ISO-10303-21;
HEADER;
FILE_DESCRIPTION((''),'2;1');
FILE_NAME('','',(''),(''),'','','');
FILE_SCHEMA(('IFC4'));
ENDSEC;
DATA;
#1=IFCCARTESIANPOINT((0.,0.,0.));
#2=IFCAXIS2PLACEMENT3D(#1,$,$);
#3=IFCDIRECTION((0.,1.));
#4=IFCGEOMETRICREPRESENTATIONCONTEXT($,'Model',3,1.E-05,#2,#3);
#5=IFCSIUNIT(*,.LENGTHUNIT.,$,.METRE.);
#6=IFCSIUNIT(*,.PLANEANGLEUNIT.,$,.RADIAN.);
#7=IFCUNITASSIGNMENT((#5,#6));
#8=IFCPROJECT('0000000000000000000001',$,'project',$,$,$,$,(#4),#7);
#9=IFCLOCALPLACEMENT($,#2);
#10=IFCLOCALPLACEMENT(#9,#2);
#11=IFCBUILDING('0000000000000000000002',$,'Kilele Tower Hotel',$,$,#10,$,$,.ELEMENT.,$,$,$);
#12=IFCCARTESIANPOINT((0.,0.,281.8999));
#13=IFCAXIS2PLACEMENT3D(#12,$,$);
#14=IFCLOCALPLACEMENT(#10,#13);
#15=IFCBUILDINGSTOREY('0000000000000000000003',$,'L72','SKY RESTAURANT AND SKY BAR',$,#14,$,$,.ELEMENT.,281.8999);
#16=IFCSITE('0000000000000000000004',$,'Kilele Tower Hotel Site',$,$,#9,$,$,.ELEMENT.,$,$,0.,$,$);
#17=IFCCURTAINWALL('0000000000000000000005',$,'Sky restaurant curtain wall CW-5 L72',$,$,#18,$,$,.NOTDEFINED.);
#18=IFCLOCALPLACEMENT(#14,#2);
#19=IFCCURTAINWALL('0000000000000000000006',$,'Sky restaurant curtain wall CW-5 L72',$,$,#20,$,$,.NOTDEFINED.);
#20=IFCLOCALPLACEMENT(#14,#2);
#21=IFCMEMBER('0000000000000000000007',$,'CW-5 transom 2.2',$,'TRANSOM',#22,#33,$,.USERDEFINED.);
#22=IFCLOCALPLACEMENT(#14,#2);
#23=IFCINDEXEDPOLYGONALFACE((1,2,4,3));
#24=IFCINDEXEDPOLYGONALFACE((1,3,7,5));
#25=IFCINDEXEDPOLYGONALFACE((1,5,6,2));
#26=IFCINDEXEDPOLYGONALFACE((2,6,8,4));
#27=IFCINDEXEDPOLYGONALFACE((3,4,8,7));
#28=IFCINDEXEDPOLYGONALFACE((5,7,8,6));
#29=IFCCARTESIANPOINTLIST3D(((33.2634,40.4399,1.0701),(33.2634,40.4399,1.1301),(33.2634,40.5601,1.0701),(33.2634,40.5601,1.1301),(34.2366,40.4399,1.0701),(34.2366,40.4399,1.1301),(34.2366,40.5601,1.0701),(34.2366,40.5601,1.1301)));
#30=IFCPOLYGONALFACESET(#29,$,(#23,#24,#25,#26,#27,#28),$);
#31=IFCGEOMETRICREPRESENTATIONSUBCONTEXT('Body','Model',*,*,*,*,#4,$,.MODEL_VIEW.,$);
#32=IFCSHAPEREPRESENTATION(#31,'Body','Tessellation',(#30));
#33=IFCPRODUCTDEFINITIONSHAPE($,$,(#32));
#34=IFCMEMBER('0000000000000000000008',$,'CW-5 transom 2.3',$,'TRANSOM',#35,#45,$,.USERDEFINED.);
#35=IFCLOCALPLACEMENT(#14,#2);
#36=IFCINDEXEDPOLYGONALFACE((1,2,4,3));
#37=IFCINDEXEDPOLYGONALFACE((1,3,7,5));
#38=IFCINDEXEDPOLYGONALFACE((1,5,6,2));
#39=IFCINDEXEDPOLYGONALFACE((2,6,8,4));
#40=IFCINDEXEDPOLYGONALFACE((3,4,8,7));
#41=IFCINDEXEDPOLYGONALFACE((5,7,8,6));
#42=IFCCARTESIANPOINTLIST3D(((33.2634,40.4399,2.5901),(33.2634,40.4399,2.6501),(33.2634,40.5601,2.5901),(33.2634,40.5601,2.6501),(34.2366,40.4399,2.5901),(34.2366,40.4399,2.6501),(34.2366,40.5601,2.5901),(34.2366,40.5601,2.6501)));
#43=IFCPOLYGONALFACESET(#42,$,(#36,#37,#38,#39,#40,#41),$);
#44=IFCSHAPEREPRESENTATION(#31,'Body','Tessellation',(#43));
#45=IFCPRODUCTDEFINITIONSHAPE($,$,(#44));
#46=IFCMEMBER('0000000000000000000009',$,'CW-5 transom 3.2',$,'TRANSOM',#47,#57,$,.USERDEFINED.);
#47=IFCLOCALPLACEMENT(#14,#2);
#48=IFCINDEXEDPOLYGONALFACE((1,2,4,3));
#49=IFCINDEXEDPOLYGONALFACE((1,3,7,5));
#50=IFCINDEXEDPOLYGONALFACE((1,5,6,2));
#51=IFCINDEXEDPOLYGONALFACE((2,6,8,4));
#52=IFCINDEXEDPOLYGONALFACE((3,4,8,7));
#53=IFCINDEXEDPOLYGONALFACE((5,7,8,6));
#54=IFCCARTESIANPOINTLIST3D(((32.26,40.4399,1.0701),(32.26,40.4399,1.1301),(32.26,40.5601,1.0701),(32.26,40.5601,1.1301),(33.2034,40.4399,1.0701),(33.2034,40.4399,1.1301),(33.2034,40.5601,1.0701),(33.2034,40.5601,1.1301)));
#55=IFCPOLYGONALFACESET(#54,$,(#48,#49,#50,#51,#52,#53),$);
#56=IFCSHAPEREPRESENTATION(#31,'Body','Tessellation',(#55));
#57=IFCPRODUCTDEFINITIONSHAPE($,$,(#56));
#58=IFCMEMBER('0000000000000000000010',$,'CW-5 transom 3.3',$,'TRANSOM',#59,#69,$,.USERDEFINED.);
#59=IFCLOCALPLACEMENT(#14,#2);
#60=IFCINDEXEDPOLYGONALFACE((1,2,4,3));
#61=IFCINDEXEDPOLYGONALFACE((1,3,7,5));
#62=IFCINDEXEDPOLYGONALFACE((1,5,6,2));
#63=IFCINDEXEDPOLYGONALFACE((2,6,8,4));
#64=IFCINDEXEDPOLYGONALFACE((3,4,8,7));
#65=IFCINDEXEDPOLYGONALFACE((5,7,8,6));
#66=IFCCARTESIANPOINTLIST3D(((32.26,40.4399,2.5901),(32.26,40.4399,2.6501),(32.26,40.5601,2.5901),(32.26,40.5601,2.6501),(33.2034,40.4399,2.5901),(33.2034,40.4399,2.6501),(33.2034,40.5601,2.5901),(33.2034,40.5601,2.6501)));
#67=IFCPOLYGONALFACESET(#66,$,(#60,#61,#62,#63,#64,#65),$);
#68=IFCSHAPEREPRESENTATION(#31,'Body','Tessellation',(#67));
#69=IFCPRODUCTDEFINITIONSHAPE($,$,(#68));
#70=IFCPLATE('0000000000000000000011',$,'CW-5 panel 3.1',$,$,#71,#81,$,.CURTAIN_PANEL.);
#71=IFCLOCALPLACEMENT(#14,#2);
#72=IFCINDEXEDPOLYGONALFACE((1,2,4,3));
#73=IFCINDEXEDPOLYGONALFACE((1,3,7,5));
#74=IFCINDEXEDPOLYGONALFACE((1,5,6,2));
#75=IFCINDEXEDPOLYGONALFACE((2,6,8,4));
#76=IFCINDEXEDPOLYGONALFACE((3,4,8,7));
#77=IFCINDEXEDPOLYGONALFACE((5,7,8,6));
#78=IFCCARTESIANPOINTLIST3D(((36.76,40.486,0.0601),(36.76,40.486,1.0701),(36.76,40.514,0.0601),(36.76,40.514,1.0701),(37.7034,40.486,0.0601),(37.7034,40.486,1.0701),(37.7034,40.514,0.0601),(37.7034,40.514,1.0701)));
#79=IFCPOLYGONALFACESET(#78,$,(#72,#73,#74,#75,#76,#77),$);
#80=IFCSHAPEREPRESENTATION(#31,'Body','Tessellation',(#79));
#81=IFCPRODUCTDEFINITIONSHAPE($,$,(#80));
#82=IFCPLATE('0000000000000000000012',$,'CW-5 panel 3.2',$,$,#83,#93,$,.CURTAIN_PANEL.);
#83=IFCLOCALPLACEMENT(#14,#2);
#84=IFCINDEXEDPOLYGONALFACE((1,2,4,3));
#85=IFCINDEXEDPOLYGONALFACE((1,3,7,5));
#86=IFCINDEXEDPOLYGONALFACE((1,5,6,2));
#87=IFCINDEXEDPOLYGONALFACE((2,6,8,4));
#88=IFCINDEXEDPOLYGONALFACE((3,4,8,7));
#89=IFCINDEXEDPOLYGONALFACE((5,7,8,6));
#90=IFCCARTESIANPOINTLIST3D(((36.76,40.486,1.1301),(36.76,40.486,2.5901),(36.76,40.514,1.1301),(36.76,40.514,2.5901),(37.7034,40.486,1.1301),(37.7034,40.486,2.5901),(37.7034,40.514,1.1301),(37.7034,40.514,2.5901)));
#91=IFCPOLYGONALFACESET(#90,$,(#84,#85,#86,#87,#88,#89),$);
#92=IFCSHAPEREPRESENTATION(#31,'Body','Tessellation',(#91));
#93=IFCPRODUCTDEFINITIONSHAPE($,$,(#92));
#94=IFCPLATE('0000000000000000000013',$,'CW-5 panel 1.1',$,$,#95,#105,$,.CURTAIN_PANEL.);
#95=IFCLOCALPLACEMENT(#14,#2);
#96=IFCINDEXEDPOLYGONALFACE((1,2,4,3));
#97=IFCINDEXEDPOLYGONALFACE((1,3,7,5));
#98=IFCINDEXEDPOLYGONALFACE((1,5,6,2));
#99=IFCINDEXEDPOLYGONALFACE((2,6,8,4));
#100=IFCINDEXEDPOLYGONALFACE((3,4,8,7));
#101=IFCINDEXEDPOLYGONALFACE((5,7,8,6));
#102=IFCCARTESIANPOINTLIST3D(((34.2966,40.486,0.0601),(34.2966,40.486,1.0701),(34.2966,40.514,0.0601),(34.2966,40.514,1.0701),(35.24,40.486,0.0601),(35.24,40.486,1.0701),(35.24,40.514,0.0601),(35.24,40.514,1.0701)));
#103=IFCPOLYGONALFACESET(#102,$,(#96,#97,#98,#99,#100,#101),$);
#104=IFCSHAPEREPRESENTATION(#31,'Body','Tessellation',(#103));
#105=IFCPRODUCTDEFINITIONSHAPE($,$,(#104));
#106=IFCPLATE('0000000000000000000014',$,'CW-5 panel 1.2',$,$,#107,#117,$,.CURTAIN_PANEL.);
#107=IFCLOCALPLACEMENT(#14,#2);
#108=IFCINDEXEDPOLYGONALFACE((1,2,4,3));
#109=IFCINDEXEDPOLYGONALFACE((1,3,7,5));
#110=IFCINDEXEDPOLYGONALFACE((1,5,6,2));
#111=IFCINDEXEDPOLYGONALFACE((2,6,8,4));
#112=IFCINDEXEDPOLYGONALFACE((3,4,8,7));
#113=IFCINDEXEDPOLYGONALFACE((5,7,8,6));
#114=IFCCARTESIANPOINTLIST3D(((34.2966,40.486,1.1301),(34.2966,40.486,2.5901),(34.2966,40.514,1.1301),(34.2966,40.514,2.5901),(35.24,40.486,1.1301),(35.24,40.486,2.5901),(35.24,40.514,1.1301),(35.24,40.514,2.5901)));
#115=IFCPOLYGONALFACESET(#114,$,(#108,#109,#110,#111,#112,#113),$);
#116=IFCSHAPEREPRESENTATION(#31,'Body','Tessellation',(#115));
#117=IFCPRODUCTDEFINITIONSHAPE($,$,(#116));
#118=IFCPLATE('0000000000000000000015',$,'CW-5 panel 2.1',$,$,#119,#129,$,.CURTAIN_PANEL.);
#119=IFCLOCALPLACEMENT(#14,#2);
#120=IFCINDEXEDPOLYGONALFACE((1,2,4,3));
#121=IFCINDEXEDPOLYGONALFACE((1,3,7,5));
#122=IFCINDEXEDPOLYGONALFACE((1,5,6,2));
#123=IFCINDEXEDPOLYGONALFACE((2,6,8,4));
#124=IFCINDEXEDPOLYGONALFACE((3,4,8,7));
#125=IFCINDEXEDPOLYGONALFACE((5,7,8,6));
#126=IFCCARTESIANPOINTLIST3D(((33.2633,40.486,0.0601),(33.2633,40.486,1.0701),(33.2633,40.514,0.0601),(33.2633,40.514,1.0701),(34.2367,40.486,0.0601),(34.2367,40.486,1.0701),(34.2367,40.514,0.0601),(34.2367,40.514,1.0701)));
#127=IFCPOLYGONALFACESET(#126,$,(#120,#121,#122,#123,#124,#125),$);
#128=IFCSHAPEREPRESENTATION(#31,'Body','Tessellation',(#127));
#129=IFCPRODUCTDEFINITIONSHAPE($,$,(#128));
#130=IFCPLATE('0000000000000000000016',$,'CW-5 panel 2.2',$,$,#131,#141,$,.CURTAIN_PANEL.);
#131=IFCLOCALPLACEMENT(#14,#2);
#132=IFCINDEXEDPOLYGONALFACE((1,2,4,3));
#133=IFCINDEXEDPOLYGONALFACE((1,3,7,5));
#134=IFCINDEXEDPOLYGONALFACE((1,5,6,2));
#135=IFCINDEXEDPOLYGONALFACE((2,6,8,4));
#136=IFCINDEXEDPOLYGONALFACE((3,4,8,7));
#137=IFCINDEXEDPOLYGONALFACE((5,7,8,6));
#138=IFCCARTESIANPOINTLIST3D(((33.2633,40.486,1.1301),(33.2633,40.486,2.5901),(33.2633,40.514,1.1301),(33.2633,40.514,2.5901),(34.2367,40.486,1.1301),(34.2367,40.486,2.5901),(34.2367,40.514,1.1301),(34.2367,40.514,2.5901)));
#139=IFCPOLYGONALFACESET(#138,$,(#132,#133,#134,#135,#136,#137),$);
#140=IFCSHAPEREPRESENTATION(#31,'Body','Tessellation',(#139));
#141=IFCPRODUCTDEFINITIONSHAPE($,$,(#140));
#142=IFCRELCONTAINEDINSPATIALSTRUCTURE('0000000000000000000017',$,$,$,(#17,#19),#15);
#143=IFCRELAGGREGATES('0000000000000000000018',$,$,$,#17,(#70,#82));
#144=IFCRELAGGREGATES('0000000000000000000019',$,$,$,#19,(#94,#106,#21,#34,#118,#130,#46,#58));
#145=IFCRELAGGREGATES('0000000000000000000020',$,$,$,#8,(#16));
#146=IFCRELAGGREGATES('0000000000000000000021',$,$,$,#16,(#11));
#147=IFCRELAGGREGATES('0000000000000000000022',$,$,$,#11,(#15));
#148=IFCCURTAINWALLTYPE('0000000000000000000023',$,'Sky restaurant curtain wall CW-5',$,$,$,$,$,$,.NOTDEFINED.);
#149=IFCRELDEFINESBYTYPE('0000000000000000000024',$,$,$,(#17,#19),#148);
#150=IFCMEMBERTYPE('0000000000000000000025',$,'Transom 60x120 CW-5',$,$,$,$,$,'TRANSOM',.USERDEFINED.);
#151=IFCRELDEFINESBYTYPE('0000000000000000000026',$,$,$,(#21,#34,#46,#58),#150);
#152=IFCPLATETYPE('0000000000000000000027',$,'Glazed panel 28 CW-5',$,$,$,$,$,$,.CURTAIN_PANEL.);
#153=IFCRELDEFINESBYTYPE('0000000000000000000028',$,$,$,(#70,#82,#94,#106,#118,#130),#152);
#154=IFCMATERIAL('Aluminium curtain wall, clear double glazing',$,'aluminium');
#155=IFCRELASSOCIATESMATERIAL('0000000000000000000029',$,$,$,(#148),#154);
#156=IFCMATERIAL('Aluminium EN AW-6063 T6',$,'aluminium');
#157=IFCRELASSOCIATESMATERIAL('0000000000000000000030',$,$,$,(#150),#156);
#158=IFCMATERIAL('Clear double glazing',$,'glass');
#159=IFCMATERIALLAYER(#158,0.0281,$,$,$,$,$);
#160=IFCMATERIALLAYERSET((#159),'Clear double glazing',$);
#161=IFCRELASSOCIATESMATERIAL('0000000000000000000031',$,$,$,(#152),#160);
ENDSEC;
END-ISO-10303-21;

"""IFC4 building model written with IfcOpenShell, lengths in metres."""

from ifc_helpers import new_model, si_unit, direction, frame, origin, origin_2d, place, context, subcontext, project, spatial, rectangle, extrude, material, layer, layer_set, material_profile, profile_set, type_object, element, aggregate, save


model = new_model("IFC4")

# Units and contexts
model_context = context("Model", 3, precision=1e-05, world=origin(), true_north=direction((0.0, 1.0)))
body_context = subcontext(model_context, "Body", "Model", "MODEL_VIEW")
ifc_project = project(units=[si_unit("LENGTHUNIT", "METRE"), si_unit("PLANEANGLEUNIT", "RADIAN")], contexts=[model_context])

# Site, building, storey
site_placement = place(None, origin())
site = spatial("IfcSite", under=ifc_project, at=site_placement, Name="Kilele Tower Hotel Site", CompositionType="ELEMENT", RefElevation=0.0)
building_placement = place(site_placement, origin())
building = spatial("IfcBuilding", under=site, at=building_placement, Name="Kilele Tower Hotel", CompositionType="ELEMENT")
storey_placement = place(building_placement, frame((0.0, 0.0, 281.8999)))
storey = spatial("IfcBuildingStorey", under=building, at=storey_placement, Name="L72", Description="SKY RESTAURANT AND SKY BAR", CompositionType="ELEMENT", Elevation=281.8999)

# Curtain wall
ifc_material_1 = material(Name="Aluminium curtain wall, clear double glazing", Category="aluminium")
curtain_wall_type = type_object("IfcCurtainWallType", Name="Sky restaurant curtain wall CW-5", PredefinedType="NOTDEFINED", material=ifc_material_1)
curtain_wall_1_placement = place(storey_placement, origin())
curtain_wall_1 = element("IfcCurtainWall", 1, at=curtain_wall_1_placement, inside=storey, type_object=curtain_wall_type, Name="Sky restaurant curtain wall CW-5 L72", PredefinedType="NOTDEFINED")

# Curtain wall
curtain_wall_2_placement = place(storey_placement, origin())
curtain_wall_2 = element("IfcCurtainWall", 2, at=curtain_wall_2_placement, inside=storey, type_object=curtain_wall_type, Name="Sky restaurant curtain wall CW-5 L72", PredefinedType="NOTDEFINED")

# Members
ifc_material_2 = material(Name="Aluminium EN AW-6063 T6", Category="aluminium")
ifc_material_profile_1 = material_profile(ifc_material_2, rectangle(XDim=0.1201, YDim=0.0601, at=origin_2d()))
ifc_profile_set_1 = profile_set([ifc_material_profile_1], Name="Aluminium EN AW-6063 T6")
member_type_1 = type_object("IfcMemberType", Name="Transom 60x120 CW-5", ElementType="TRANSOM", PredefinedType="USERDEFINED", material=ifc_profile_set_1)
member_1_placement = place(storey_placement, frame((34.2366, 40.5, 1.1001), z_axis=(-1.0, 0.0, 0.0), x_axis=(0.0, -1.0, 0.0)))
member_1 = element("IfcMember", 3, at=member_1_placement, type_object=member_type_1, Name="CW-5 transom 2.2", ObjectType="TRANSOM", PredefinedType="USERDEFINED", context=body_context, shape_type="SweptSolid", body=[
    extrude(rectangle(XDim=0.1201, YDim=0.0601, at=origin_2d()), origin(), (0.0, 0.0, 1.0), 0.9731),
])
member_2_placement = place(storey_placement, frame((34.2366, 40.5, 2.6201), z_axis=(-1.0, 0.0, 0.0), x_axis=(0.0, -1.0, 0.0)))
member_2 = element("IfcMember", 4, at=member_2_placement, type_object=member_type_1, Name="CW-5 transom 2.3", ObjectType="TRANSOM", PredefinedType="USERDEFINED", context=body_context, shape_type="SweptSolid", body=[
    extrude(rectangle(XDim=0.1201, YDim=0.0601, at=origin_2d()), origin(), (0.0, 0.0, 1.0), 0.9731),
])
member_3_placement = place(storey_placement, frame((33.2034, 40.5, 1.1001), z_axis=(-1.0, 0.0, 0.0), x_axis=(0.0, -1.0, 0.0)))
member_3 = element("IfcMember", 5, at=member_3_placement, type_object=member_type_1, Name="CW-5 transom 3.2", ObjectType="TRANSOM", PredefinedType="USERDEFINED", context=body_context, shape_type="SweptSolid", body=[
    extrude(rectangle(XDim=0.1201, YDim=0.0601, at=origin_2d()), origin(), (0.0, 0.0, 1.0), 0.9434),
])
member_4_placement = place(storey_placement, frame((33.2034, 40.5, 2.6201), z_axis=(-1.0, 0.0, 0.0), x_axis=(0.0, -1.0, 0.0)))
member_4 = element("IfcMember", 6, at=member_4_placement, type_object=member_type_1, Name="CW-5 transom 3.3", ObjectType="TRANSOM", PredefinedType="USERDEFINED", context=body_context, shape_type="SweptSolid", body=[
    extrude(rectangle(XDim=0.1201, YDim=0.0601, at=origin_2d()), origin(), (0.0, 0.0, 1.0), 0.9434),
])

# Plates
ifc_material_3 = material(Name="Clear double glazing", Category="glass")
ifc_layer = layer(ifc_material_3, 0.0281)
ifc_layer_set = layer_set([ifc_layer], Name="Clear double glazing")
plate_type = type_object("IfcPlateType", Name="Glazed panel 28 CW-5", PredefinedType="CURTAIN_PANEL", material=ifc_layer_set)
plate_1_placement = place(storey_placement, frame((37.2317, 40.5, 0.0601), z_axis=(0.0, 0.0, 1.0), x_axis=(-1.0, 0.0, 0.0)))
plate_1 = element("IfcPlate", 7, at=plate_1_placement, type_object=plate_type, Name="CW-5 panel 3.1", PredefinedType="CURTAIN_PANEL", context=body_context, shape_type="SweptSolid", body=[
    extrude(rectangle(XDim=0.9434, YDim=0.0281, at=origin_2d()), origin(), (0.0, 0.0, 1.0), 1.01),
])
plate_2_placement = place(storey_placement, frame((37.2317, 40.5, 1.1301), z_axis=(0.0, 0.0, 1.0), x_axis=(-1.0, 0.0, 0.0)))
plate_2 = element("IfcPlate", 8, at=plate_2_placement, type_object=plate_type, Name="CW-5 panel 3.2", PredefinedType="CURTAIN_PANEL", context=body_context, shape_type="SweptSolid", body=[
    extrude(rectangle(XDim=0.9434, YDim=0.0281, at=origin_2d()), origin(), (0.0, 0.0, 1.0), 1.46),
])
aggregate(curtain_wall_1, [plate_1, plate_2])
plate_3_placement = place(storey_placement, frame((34.7683, 40.5, 0.0601), z_axis=(0.0, 0.0, 1.0), x_axis=(-1.0, 0.0, 0.0)))
plate_3 = element("IfcPlate", 9, at=plate_3_placement, type_object=plate_type, Name="CW-5 panel 1.1", PredefinedType="CURTAIN_PANEL", context=body_context, shape_type="SweptSolid", body=[
    extrude(rectangle(XDim=0.9434, YDim=0.0281, at=origin_2d()), origin(), (0.0, 0.0, 1.0), 1.01),
])
plate_4_placement = place(storey_placement, frame((34.7683, 40.5, 1.1301), z_axis=(0.0, 0.0, 1.0), x_axis=(-1.0, 0.0, 0.0)))
plate_4 = element("IfcPlate", 10, at=plate_4_placement, type_object=plate_type, Name="CW-5 panel 1.2", PredefinedType="CURTAIN_PANEL", context=body_context, shape_type="SweptSolid", body=[
    extrude(rectangle(XDim=0.9434, YDim=0.0281, at=origin_2d()), origin(), (0.0, 0.0, 1.0), 1.46),
])
plate_5_placement = place(storey_placement, frame((33.75, 40.5, 0.0601), z_axis=(0.0, 0.0, 1.0), x_axis=(-1.0, 0.0, 0.0)))
plate_5 = element("IfcPlate", 11, at=plate_5_placement, type_object=plate_type, Name="CW-5 panel 2.1", PredefinedType="CURTAIN_PANEL", context=body_context, shape_type="SweptSolid", body=[
    extrude(rectangle(XDim=0.9734, YDim=0.0281, at=origin_2d()), origin(), (0.0, 0.0, 1.0), 1.01),
])
plate_6_placement = place(storey_placement, frame((33.75, 40.5, 1.1301), z_axis=(0.0, 0.0, 1.0), x_axis=(-1.0, 0.0, 0.0)))
plate_6 = element("IfcPlate", 12, at=plate_6_placement, type_object=plate_type, Name="CW-5 panel 2.2", PredefinedType="CURTAIN_PANEL", context=body_context, shape_type="SweptSolid", body=[
    extrude(rectangle(XDim=0.9734, YDim=0.0281, at=origin_2d()), origin(), (0.0, 0.0, 1.0), 1.46),
])
aggregate(curtain_wall_2, [plate_3, plate_4, member_1, member_2, plate_5, plate_6, member_3, member_4])

save(model, "model.ifc")
